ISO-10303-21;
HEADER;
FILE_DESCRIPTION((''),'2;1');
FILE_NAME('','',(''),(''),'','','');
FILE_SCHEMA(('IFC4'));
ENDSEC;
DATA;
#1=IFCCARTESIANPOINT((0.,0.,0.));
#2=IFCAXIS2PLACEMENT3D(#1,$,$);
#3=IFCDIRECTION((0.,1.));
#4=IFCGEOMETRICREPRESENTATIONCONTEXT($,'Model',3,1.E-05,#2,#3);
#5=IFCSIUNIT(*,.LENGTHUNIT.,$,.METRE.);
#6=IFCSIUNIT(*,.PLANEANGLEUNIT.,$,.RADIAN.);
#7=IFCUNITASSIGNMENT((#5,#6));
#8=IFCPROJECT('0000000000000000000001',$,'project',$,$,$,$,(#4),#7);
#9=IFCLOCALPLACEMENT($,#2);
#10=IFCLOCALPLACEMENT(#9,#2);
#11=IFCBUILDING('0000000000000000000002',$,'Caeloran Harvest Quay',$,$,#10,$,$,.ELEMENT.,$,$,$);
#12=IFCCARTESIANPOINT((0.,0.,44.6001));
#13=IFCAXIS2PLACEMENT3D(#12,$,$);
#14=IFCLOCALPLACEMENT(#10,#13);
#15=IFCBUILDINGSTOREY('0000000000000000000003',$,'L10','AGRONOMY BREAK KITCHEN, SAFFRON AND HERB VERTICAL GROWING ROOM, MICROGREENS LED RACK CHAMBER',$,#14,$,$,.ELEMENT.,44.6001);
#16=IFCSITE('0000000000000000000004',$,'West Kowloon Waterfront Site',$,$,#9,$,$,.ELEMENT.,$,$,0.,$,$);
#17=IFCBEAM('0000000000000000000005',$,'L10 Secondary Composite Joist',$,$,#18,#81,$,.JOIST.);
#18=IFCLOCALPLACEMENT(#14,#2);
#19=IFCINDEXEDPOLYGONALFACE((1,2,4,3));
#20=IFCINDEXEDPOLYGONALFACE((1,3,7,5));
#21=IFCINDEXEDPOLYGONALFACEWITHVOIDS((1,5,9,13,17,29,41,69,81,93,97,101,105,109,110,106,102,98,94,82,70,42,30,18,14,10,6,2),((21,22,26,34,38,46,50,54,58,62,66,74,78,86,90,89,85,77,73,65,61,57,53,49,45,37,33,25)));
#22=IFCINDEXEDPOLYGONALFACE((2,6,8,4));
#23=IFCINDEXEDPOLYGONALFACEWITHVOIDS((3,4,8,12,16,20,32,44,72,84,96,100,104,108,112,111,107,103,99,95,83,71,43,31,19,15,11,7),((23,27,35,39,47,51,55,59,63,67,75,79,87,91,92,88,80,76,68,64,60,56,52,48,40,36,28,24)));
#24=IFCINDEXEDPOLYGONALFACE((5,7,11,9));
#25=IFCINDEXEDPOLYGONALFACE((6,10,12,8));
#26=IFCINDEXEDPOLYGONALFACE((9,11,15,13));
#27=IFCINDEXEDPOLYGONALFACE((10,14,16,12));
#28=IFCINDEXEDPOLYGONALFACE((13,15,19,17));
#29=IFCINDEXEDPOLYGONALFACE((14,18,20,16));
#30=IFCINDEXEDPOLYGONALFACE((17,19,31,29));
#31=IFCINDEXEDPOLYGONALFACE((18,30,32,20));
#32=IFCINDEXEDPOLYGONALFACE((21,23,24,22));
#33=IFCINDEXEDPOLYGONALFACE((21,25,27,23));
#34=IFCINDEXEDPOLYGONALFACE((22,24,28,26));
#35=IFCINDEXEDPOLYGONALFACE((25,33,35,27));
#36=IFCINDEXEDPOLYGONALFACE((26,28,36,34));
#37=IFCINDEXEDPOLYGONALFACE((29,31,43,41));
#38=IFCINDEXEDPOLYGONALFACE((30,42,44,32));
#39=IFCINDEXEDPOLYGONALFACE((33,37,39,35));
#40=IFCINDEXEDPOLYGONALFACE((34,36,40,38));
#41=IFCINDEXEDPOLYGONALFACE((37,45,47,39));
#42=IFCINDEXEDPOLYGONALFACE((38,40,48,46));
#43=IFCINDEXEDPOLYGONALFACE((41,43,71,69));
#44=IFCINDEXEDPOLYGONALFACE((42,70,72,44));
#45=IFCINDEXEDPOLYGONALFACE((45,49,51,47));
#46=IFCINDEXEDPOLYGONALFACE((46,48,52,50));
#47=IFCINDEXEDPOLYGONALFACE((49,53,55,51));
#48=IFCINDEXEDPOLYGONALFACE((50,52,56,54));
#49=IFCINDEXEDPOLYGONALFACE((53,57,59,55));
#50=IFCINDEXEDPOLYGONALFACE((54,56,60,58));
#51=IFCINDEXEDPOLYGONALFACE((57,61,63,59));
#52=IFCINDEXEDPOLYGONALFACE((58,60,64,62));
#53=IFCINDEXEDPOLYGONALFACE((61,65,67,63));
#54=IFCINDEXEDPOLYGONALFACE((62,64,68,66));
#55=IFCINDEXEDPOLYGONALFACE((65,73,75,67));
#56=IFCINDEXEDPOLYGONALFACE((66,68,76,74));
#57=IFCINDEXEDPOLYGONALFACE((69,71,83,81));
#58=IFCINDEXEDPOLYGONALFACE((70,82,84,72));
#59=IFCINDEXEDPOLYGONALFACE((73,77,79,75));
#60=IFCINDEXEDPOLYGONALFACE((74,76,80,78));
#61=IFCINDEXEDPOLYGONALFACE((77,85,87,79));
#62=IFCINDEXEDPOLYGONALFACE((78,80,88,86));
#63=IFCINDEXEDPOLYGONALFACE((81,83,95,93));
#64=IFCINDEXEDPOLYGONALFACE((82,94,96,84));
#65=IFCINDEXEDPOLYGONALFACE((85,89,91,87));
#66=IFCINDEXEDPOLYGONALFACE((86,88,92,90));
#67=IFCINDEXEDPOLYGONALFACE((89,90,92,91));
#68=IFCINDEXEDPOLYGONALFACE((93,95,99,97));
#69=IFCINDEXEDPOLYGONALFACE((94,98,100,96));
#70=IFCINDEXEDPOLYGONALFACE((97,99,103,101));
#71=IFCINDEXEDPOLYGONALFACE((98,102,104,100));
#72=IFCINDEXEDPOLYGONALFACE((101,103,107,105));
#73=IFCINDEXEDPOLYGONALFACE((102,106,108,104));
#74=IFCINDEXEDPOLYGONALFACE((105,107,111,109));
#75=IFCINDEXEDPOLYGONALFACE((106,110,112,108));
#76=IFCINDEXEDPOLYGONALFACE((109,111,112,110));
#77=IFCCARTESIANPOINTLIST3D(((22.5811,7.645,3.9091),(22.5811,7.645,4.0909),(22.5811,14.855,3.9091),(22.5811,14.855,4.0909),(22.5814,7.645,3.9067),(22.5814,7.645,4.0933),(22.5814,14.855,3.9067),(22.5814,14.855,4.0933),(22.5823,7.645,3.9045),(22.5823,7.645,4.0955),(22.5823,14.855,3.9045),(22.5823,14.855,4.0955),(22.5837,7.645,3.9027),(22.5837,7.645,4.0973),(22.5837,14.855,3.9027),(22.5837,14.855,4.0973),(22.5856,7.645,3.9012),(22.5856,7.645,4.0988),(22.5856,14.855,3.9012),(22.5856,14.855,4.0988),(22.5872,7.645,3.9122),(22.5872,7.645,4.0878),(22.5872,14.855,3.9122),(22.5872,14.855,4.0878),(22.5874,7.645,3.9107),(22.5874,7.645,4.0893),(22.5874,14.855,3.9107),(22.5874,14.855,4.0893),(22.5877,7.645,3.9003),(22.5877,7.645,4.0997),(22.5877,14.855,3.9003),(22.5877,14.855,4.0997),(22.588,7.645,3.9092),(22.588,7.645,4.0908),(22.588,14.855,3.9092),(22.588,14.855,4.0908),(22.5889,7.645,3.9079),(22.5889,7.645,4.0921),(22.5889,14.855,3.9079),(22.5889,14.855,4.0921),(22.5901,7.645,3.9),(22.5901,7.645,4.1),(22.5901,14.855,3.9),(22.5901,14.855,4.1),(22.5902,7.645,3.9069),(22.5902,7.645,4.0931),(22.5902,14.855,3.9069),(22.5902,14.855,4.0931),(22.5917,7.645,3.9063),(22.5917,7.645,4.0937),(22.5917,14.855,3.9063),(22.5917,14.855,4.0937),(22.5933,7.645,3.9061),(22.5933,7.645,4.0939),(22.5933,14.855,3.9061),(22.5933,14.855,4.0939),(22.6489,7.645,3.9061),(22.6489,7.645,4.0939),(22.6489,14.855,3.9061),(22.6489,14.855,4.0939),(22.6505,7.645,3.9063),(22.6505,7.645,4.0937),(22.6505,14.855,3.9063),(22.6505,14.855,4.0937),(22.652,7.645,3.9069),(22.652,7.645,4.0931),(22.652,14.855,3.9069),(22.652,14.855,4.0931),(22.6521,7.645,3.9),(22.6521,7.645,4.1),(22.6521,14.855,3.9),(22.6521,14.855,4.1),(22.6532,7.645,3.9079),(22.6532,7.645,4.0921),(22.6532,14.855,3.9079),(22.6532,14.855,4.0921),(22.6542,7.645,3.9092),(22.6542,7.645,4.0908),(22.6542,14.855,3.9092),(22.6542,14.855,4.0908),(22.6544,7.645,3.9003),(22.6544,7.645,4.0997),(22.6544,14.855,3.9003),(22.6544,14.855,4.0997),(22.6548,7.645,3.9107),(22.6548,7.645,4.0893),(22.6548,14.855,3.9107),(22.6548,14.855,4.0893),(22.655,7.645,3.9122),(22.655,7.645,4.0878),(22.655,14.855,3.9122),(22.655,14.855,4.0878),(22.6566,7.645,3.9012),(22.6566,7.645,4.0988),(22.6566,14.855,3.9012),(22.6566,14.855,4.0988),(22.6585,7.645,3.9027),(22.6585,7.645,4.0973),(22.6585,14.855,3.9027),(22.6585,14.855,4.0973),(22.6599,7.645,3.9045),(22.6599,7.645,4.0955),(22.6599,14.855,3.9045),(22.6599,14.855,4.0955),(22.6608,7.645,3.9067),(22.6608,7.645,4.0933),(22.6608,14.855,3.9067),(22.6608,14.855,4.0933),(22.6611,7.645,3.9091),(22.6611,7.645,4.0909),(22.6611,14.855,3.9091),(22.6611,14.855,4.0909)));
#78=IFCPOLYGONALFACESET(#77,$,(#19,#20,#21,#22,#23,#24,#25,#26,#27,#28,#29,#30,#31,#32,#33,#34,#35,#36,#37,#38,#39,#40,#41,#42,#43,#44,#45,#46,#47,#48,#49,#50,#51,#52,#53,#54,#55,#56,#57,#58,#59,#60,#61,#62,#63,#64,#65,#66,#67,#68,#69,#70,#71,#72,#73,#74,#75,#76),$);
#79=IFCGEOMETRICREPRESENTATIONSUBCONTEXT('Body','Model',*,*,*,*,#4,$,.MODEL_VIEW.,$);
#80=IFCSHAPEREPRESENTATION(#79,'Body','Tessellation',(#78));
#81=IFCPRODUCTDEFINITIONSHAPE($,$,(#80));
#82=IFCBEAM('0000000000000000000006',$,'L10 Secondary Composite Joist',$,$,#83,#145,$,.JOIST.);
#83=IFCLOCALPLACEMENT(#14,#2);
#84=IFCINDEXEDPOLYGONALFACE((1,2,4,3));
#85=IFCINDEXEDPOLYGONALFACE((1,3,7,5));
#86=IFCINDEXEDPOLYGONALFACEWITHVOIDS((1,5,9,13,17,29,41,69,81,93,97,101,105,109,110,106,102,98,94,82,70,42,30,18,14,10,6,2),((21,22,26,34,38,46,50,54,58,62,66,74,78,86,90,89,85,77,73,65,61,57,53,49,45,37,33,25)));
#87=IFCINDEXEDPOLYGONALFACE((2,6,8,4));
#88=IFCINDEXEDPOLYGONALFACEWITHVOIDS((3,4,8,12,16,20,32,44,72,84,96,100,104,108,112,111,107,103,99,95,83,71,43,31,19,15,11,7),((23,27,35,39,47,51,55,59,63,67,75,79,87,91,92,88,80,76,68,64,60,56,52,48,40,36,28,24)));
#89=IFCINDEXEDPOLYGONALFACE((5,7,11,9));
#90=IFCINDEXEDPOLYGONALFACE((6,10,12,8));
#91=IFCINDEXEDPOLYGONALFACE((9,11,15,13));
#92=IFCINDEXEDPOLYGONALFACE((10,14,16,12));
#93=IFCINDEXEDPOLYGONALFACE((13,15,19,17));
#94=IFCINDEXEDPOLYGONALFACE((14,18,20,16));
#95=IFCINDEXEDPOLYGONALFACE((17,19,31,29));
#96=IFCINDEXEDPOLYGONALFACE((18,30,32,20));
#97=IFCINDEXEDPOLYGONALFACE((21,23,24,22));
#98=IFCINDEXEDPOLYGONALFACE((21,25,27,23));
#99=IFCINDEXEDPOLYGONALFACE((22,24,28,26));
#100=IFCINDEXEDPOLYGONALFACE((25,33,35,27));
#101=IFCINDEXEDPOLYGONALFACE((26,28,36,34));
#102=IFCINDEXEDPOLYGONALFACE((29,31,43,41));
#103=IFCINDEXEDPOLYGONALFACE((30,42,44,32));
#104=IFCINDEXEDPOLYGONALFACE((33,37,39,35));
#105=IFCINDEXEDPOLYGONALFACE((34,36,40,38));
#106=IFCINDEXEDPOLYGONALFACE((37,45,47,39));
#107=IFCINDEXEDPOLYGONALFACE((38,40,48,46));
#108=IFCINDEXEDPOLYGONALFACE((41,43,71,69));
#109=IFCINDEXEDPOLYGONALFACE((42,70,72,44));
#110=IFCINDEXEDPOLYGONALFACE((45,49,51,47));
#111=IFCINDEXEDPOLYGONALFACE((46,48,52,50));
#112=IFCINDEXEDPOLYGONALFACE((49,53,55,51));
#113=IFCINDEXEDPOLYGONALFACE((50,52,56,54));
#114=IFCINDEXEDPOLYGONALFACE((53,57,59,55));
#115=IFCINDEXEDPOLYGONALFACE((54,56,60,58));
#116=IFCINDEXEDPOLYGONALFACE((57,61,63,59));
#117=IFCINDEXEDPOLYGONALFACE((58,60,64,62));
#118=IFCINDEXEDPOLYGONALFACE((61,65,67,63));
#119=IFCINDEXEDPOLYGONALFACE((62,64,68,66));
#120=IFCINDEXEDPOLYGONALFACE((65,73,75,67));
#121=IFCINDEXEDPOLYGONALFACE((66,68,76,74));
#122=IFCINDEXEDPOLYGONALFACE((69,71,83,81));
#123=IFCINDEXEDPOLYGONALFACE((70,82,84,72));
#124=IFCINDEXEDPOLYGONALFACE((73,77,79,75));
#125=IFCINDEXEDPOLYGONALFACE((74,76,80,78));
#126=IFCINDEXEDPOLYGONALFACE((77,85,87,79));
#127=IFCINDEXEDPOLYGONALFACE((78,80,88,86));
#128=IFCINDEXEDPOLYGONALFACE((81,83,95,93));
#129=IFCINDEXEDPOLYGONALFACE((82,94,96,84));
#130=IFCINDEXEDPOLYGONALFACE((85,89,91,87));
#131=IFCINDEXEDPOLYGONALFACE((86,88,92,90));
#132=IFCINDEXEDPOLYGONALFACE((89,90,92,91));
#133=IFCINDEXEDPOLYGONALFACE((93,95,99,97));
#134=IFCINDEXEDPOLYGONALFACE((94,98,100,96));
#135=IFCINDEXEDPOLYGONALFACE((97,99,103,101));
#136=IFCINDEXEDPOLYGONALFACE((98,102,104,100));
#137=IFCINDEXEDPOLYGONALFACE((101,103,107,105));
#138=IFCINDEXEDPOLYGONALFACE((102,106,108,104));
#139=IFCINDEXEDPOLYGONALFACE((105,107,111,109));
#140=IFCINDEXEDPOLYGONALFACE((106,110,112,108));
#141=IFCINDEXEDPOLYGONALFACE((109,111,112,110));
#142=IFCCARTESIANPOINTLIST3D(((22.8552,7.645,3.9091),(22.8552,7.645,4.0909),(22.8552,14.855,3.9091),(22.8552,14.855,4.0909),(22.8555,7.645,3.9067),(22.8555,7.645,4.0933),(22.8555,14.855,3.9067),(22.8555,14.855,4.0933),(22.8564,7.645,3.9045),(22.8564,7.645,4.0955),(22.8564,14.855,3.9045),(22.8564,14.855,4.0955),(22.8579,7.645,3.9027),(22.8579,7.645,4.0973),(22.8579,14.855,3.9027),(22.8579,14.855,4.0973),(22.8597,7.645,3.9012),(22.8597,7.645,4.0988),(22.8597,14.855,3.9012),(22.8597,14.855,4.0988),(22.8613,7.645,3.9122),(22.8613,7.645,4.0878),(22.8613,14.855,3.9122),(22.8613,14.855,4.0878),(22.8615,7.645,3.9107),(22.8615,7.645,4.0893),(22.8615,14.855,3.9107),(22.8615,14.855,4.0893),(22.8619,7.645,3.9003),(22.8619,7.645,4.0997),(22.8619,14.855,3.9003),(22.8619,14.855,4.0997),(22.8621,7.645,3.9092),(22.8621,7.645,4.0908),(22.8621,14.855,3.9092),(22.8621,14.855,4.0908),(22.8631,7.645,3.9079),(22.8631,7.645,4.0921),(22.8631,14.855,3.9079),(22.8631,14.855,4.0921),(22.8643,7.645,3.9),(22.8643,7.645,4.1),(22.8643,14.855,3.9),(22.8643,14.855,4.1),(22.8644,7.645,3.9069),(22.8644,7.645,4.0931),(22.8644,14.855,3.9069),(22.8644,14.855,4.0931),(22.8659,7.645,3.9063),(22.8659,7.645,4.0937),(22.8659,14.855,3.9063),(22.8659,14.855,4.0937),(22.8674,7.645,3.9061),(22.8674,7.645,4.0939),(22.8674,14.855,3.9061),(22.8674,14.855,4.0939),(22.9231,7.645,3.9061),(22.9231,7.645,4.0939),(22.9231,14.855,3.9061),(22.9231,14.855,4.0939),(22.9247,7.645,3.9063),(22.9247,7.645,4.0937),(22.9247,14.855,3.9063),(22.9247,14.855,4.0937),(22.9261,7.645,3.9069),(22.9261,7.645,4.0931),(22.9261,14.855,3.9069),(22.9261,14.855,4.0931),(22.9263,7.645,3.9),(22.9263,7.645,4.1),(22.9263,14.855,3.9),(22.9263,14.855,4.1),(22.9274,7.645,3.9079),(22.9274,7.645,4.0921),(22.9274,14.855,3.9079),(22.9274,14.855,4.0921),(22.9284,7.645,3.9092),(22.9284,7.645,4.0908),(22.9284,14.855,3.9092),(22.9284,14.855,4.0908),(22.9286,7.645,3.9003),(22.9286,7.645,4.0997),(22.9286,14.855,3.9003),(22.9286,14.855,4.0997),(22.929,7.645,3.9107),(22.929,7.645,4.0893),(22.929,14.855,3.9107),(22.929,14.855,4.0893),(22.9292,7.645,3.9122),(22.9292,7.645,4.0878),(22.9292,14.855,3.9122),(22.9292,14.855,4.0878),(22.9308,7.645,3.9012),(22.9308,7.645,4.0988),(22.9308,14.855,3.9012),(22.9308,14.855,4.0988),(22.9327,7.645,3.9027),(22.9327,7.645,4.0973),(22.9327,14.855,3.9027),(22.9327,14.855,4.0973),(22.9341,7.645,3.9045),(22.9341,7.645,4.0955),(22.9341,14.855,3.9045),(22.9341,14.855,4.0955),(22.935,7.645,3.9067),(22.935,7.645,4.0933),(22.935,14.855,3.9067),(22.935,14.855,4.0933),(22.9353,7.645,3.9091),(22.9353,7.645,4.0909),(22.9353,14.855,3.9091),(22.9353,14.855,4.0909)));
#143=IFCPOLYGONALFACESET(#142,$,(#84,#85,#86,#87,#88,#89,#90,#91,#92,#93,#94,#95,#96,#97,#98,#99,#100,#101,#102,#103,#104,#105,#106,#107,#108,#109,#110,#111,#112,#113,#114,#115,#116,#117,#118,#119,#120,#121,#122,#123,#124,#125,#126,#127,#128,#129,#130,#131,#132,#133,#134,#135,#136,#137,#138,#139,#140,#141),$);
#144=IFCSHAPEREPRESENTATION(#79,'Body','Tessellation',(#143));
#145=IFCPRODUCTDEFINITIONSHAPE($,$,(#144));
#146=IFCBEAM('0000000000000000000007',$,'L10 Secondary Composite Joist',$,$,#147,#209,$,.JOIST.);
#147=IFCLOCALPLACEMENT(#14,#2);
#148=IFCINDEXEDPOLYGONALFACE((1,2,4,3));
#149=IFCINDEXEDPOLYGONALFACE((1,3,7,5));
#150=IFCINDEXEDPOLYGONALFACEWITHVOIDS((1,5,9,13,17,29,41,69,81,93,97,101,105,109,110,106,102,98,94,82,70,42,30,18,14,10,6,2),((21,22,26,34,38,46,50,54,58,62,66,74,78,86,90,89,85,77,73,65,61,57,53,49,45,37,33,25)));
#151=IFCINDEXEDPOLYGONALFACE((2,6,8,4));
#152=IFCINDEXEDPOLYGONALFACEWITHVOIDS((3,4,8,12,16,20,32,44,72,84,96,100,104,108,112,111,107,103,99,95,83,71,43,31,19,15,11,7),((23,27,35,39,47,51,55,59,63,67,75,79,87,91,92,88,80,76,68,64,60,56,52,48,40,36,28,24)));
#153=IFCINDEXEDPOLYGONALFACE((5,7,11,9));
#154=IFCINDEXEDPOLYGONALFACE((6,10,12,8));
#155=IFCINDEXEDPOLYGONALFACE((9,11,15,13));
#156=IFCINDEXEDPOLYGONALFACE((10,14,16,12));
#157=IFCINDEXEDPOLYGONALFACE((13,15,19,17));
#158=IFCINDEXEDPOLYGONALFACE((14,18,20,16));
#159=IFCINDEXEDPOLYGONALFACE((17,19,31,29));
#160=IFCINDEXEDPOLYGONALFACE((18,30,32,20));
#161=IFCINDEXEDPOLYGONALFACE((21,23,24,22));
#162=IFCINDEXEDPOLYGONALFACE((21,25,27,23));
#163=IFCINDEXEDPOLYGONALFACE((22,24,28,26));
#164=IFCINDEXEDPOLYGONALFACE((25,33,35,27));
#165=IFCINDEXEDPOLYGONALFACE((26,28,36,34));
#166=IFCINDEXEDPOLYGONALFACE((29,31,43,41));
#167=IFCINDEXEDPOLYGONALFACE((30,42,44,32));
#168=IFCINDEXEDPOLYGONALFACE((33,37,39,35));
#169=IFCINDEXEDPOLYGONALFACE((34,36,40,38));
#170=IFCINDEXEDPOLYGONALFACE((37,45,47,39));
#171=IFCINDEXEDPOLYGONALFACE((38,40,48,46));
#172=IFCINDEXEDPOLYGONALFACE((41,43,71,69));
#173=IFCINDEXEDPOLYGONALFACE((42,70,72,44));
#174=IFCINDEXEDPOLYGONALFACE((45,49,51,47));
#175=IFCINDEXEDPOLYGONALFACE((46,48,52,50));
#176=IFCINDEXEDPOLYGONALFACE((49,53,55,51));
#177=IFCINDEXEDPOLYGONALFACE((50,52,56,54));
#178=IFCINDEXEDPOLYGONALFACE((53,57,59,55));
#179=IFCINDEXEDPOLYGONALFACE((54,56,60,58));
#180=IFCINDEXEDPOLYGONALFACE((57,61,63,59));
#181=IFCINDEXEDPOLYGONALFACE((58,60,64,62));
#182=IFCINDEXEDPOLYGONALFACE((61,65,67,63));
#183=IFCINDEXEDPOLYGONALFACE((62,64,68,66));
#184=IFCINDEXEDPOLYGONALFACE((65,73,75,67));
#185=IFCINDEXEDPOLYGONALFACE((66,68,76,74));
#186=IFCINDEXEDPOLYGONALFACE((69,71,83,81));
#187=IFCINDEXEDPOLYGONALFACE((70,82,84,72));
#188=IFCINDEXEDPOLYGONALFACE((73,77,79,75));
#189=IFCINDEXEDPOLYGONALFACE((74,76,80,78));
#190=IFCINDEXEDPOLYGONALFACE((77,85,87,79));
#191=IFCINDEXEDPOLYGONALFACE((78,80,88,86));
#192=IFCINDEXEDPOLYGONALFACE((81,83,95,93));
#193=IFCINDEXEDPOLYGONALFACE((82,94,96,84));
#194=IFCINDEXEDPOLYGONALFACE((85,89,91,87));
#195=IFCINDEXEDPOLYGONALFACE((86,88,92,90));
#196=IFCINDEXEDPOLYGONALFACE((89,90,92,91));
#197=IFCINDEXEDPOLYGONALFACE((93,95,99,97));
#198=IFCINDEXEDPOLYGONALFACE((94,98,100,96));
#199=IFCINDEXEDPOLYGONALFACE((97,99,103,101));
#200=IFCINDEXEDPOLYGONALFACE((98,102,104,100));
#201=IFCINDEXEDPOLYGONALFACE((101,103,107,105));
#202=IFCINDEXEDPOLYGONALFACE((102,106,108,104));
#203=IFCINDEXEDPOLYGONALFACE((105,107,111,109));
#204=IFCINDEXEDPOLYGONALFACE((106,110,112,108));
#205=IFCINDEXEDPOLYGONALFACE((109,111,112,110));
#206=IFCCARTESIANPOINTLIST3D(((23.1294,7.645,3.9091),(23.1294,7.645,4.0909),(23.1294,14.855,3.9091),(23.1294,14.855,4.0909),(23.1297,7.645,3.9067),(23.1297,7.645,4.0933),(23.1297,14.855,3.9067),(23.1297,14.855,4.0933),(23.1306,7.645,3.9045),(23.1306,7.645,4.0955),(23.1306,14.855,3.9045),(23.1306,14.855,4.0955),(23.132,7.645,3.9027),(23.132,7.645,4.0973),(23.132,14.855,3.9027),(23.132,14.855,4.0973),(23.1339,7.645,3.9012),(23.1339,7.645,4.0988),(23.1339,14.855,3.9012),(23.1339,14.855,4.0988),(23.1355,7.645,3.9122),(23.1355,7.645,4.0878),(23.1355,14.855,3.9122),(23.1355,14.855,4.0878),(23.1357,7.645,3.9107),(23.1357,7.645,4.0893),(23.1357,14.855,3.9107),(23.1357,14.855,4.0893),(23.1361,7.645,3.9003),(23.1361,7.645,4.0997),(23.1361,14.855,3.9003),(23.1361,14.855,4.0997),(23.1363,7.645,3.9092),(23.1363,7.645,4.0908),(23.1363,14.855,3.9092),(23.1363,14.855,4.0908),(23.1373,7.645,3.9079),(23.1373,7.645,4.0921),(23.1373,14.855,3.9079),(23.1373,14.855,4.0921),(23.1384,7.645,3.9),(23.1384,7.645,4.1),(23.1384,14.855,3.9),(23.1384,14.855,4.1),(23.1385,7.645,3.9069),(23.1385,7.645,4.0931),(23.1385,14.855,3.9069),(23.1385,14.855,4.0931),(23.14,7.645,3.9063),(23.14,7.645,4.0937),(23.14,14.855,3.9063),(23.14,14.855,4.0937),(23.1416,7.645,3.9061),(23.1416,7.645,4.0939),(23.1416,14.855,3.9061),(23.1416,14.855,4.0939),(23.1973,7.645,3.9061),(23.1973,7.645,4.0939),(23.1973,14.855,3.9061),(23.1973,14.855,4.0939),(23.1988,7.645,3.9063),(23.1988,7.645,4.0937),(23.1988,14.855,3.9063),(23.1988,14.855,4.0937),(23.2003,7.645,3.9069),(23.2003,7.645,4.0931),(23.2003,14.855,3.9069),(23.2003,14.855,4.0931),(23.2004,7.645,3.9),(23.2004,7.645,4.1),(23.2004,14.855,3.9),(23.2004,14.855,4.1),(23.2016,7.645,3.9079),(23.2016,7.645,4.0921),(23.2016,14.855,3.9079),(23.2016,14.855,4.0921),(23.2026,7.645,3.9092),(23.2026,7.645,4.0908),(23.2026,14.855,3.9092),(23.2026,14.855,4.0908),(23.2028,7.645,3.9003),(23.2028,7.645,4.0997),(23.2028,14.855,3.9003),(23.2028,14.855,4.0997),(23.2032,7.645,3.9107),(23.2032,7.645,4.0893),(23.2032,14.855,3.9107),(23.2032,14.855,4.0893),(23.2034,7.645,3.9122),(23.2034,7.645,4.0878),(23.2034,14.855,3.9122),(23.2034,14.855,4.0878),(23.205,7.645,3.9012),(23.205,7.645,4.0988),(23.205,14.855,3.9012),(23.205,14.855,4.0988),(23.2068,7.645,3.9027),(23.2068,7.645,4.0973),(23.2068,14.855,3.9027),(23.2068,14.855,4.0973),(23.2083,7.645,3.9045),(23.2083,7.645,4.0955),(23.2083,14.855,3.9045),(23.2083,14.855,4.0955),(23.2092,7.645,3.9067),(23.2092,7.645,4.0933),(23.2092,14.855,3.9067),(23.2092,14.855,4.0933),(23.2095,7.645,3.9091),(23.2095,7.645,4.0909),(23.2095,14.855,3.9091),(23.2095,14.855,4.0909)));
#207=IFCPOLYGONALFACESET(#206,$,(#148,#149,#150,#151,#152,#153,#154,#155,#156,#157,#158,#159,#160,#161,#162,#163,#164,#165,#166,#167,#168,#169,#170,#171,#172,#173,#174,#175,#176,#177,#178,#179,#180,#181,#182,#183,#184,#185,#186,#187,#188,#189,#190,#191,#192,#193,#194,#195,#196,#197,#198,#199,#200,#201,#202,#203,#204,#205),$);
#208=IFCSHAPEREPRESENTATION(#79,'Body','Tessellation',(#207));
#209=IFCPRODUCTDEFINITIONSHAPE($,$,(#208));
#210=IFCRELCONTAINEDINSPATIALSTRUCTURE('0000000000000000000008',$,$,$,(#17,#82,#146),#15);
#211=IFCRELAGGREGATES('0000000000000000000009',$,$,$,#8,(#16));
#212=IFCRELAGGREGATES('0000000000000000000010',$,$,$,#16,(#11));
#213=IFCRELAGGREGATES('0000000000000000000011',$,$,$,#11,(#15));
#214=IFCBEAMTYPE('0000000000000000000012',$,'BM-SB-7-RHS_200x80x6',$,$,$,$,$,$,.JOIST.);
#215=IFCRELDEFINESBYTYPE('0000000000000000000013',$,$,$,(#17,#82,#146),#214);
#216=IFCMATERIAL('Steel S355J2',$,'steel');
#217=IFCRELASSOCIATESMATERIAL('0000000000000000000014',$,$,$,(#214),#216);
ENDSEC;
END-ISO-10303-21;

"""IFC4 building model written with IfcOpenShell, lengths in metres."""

from ifc_helpers import new_model, si_unit, direction, frame, origin, origin_2d, place, context, subcontext, project, spatial, hollow_rectangle, extrude, material, material_profile, profile_set, type_object, element, save


model = new_model("IFC4")

# Units and contexts
model_context = context("Model", 3, precision=1e-05, world=origin(), true_north=direction((0.0, 1.0)))
body_context = subcontext(model_context, "Body", "Model", "MODEL_VIEW")
ifc_project = project(units=[si_unit("LENGTHUNIT", "METRE"), si_unit("PLANEANGLEUNIT", "RADIAN")], contexts=[model_context])

# Site, building, storey
site_placement = place(None, origin())
site = spatial("IfcSite", under=ifc_project, at=site_placement, Name="West Kowloon Waterfront Site", CompositionType="ELEMENT", RefElevation=0.0)
building_placement = place(site_placement, origin())
building = spatial("IfcBuilding", under=site, at=building_placement, Name="Caeloran Harvest Quay", CompositionType="ELEMENT")
storey_placement = place(building_placement, frame((0.0, 0.0, 44.6001)))
storey = spatial("IfcBuildingStorey", under=building, at=storey_placement, Name="L10", Description="AGRONOMY BREAK KITCHEN, SAFFRON AND HERB VERTICAL GROWING ROOM, MICROGREENS LED RACK CHAMBER", CompositionType="ELEMENT", Elevation=44.6001)

# Beams
ifc_material_1 = material(Name="Steel S355J2", Category="steel")
ifc_material_profile_1 = material_profile(ifc_material_1, hollow_rectangle(XDim=0.0801, YDim=0.2, WallThickness=0.0061, InnerFilletRadius=0.0061, OuterFilletRadius=0.009, at=origin_2d()), Name="RHS 200x80x6")
ifc_profile_set_1 = profile_set([ifc_material_profile_1], Name="Steel S355J2")
beam_type_1 = type_object("IfcBeamType", Name="BM-SB-7-RHS_200x80x6", PredefinedType="JOIST", material=ifc_profile_set_1)
for number, where, z_axis, x_axis, name in (
    (1, (22.6211, 7.645, 4.0), (0.0, 1.0, 0.0), (-1.0, 0.0, 0.0), "L10 Secondary Composite Joist"),
    (2, (22.8953, 7.645, 4.0), (0.0, 1.0, 0.0), (-1.0, 0.0, 0.0), "L10 Secondary Composite Joist"),
    (3, (23.1694, 7.645, 4.0), (0.0, 1.0, 0.0), (-1.0, 0.0, 0.0), "L10 Secondary Composite Joist"),
):
    element("IfcBeam", number, at=place(storey_placement, frame(where, z_axis=z_axis, x_axis=x_axis)), inside=storey, type_object=beam_type_1, Name=name, PredefinedType="JOIST", context=body_context, shape_type="SweptSolid", body=[
        extrude(hollow_rectangle(XDim=0.0801, YDim=0.2, WallThickness=0.0061, InnerFilletRadius=0.0061, OuterFilletRadius=0.009, at=origin_2d()), origin(), (0.0, 0.0, 1.0), 7.21),
    ])

save(model, "model.ifc")
